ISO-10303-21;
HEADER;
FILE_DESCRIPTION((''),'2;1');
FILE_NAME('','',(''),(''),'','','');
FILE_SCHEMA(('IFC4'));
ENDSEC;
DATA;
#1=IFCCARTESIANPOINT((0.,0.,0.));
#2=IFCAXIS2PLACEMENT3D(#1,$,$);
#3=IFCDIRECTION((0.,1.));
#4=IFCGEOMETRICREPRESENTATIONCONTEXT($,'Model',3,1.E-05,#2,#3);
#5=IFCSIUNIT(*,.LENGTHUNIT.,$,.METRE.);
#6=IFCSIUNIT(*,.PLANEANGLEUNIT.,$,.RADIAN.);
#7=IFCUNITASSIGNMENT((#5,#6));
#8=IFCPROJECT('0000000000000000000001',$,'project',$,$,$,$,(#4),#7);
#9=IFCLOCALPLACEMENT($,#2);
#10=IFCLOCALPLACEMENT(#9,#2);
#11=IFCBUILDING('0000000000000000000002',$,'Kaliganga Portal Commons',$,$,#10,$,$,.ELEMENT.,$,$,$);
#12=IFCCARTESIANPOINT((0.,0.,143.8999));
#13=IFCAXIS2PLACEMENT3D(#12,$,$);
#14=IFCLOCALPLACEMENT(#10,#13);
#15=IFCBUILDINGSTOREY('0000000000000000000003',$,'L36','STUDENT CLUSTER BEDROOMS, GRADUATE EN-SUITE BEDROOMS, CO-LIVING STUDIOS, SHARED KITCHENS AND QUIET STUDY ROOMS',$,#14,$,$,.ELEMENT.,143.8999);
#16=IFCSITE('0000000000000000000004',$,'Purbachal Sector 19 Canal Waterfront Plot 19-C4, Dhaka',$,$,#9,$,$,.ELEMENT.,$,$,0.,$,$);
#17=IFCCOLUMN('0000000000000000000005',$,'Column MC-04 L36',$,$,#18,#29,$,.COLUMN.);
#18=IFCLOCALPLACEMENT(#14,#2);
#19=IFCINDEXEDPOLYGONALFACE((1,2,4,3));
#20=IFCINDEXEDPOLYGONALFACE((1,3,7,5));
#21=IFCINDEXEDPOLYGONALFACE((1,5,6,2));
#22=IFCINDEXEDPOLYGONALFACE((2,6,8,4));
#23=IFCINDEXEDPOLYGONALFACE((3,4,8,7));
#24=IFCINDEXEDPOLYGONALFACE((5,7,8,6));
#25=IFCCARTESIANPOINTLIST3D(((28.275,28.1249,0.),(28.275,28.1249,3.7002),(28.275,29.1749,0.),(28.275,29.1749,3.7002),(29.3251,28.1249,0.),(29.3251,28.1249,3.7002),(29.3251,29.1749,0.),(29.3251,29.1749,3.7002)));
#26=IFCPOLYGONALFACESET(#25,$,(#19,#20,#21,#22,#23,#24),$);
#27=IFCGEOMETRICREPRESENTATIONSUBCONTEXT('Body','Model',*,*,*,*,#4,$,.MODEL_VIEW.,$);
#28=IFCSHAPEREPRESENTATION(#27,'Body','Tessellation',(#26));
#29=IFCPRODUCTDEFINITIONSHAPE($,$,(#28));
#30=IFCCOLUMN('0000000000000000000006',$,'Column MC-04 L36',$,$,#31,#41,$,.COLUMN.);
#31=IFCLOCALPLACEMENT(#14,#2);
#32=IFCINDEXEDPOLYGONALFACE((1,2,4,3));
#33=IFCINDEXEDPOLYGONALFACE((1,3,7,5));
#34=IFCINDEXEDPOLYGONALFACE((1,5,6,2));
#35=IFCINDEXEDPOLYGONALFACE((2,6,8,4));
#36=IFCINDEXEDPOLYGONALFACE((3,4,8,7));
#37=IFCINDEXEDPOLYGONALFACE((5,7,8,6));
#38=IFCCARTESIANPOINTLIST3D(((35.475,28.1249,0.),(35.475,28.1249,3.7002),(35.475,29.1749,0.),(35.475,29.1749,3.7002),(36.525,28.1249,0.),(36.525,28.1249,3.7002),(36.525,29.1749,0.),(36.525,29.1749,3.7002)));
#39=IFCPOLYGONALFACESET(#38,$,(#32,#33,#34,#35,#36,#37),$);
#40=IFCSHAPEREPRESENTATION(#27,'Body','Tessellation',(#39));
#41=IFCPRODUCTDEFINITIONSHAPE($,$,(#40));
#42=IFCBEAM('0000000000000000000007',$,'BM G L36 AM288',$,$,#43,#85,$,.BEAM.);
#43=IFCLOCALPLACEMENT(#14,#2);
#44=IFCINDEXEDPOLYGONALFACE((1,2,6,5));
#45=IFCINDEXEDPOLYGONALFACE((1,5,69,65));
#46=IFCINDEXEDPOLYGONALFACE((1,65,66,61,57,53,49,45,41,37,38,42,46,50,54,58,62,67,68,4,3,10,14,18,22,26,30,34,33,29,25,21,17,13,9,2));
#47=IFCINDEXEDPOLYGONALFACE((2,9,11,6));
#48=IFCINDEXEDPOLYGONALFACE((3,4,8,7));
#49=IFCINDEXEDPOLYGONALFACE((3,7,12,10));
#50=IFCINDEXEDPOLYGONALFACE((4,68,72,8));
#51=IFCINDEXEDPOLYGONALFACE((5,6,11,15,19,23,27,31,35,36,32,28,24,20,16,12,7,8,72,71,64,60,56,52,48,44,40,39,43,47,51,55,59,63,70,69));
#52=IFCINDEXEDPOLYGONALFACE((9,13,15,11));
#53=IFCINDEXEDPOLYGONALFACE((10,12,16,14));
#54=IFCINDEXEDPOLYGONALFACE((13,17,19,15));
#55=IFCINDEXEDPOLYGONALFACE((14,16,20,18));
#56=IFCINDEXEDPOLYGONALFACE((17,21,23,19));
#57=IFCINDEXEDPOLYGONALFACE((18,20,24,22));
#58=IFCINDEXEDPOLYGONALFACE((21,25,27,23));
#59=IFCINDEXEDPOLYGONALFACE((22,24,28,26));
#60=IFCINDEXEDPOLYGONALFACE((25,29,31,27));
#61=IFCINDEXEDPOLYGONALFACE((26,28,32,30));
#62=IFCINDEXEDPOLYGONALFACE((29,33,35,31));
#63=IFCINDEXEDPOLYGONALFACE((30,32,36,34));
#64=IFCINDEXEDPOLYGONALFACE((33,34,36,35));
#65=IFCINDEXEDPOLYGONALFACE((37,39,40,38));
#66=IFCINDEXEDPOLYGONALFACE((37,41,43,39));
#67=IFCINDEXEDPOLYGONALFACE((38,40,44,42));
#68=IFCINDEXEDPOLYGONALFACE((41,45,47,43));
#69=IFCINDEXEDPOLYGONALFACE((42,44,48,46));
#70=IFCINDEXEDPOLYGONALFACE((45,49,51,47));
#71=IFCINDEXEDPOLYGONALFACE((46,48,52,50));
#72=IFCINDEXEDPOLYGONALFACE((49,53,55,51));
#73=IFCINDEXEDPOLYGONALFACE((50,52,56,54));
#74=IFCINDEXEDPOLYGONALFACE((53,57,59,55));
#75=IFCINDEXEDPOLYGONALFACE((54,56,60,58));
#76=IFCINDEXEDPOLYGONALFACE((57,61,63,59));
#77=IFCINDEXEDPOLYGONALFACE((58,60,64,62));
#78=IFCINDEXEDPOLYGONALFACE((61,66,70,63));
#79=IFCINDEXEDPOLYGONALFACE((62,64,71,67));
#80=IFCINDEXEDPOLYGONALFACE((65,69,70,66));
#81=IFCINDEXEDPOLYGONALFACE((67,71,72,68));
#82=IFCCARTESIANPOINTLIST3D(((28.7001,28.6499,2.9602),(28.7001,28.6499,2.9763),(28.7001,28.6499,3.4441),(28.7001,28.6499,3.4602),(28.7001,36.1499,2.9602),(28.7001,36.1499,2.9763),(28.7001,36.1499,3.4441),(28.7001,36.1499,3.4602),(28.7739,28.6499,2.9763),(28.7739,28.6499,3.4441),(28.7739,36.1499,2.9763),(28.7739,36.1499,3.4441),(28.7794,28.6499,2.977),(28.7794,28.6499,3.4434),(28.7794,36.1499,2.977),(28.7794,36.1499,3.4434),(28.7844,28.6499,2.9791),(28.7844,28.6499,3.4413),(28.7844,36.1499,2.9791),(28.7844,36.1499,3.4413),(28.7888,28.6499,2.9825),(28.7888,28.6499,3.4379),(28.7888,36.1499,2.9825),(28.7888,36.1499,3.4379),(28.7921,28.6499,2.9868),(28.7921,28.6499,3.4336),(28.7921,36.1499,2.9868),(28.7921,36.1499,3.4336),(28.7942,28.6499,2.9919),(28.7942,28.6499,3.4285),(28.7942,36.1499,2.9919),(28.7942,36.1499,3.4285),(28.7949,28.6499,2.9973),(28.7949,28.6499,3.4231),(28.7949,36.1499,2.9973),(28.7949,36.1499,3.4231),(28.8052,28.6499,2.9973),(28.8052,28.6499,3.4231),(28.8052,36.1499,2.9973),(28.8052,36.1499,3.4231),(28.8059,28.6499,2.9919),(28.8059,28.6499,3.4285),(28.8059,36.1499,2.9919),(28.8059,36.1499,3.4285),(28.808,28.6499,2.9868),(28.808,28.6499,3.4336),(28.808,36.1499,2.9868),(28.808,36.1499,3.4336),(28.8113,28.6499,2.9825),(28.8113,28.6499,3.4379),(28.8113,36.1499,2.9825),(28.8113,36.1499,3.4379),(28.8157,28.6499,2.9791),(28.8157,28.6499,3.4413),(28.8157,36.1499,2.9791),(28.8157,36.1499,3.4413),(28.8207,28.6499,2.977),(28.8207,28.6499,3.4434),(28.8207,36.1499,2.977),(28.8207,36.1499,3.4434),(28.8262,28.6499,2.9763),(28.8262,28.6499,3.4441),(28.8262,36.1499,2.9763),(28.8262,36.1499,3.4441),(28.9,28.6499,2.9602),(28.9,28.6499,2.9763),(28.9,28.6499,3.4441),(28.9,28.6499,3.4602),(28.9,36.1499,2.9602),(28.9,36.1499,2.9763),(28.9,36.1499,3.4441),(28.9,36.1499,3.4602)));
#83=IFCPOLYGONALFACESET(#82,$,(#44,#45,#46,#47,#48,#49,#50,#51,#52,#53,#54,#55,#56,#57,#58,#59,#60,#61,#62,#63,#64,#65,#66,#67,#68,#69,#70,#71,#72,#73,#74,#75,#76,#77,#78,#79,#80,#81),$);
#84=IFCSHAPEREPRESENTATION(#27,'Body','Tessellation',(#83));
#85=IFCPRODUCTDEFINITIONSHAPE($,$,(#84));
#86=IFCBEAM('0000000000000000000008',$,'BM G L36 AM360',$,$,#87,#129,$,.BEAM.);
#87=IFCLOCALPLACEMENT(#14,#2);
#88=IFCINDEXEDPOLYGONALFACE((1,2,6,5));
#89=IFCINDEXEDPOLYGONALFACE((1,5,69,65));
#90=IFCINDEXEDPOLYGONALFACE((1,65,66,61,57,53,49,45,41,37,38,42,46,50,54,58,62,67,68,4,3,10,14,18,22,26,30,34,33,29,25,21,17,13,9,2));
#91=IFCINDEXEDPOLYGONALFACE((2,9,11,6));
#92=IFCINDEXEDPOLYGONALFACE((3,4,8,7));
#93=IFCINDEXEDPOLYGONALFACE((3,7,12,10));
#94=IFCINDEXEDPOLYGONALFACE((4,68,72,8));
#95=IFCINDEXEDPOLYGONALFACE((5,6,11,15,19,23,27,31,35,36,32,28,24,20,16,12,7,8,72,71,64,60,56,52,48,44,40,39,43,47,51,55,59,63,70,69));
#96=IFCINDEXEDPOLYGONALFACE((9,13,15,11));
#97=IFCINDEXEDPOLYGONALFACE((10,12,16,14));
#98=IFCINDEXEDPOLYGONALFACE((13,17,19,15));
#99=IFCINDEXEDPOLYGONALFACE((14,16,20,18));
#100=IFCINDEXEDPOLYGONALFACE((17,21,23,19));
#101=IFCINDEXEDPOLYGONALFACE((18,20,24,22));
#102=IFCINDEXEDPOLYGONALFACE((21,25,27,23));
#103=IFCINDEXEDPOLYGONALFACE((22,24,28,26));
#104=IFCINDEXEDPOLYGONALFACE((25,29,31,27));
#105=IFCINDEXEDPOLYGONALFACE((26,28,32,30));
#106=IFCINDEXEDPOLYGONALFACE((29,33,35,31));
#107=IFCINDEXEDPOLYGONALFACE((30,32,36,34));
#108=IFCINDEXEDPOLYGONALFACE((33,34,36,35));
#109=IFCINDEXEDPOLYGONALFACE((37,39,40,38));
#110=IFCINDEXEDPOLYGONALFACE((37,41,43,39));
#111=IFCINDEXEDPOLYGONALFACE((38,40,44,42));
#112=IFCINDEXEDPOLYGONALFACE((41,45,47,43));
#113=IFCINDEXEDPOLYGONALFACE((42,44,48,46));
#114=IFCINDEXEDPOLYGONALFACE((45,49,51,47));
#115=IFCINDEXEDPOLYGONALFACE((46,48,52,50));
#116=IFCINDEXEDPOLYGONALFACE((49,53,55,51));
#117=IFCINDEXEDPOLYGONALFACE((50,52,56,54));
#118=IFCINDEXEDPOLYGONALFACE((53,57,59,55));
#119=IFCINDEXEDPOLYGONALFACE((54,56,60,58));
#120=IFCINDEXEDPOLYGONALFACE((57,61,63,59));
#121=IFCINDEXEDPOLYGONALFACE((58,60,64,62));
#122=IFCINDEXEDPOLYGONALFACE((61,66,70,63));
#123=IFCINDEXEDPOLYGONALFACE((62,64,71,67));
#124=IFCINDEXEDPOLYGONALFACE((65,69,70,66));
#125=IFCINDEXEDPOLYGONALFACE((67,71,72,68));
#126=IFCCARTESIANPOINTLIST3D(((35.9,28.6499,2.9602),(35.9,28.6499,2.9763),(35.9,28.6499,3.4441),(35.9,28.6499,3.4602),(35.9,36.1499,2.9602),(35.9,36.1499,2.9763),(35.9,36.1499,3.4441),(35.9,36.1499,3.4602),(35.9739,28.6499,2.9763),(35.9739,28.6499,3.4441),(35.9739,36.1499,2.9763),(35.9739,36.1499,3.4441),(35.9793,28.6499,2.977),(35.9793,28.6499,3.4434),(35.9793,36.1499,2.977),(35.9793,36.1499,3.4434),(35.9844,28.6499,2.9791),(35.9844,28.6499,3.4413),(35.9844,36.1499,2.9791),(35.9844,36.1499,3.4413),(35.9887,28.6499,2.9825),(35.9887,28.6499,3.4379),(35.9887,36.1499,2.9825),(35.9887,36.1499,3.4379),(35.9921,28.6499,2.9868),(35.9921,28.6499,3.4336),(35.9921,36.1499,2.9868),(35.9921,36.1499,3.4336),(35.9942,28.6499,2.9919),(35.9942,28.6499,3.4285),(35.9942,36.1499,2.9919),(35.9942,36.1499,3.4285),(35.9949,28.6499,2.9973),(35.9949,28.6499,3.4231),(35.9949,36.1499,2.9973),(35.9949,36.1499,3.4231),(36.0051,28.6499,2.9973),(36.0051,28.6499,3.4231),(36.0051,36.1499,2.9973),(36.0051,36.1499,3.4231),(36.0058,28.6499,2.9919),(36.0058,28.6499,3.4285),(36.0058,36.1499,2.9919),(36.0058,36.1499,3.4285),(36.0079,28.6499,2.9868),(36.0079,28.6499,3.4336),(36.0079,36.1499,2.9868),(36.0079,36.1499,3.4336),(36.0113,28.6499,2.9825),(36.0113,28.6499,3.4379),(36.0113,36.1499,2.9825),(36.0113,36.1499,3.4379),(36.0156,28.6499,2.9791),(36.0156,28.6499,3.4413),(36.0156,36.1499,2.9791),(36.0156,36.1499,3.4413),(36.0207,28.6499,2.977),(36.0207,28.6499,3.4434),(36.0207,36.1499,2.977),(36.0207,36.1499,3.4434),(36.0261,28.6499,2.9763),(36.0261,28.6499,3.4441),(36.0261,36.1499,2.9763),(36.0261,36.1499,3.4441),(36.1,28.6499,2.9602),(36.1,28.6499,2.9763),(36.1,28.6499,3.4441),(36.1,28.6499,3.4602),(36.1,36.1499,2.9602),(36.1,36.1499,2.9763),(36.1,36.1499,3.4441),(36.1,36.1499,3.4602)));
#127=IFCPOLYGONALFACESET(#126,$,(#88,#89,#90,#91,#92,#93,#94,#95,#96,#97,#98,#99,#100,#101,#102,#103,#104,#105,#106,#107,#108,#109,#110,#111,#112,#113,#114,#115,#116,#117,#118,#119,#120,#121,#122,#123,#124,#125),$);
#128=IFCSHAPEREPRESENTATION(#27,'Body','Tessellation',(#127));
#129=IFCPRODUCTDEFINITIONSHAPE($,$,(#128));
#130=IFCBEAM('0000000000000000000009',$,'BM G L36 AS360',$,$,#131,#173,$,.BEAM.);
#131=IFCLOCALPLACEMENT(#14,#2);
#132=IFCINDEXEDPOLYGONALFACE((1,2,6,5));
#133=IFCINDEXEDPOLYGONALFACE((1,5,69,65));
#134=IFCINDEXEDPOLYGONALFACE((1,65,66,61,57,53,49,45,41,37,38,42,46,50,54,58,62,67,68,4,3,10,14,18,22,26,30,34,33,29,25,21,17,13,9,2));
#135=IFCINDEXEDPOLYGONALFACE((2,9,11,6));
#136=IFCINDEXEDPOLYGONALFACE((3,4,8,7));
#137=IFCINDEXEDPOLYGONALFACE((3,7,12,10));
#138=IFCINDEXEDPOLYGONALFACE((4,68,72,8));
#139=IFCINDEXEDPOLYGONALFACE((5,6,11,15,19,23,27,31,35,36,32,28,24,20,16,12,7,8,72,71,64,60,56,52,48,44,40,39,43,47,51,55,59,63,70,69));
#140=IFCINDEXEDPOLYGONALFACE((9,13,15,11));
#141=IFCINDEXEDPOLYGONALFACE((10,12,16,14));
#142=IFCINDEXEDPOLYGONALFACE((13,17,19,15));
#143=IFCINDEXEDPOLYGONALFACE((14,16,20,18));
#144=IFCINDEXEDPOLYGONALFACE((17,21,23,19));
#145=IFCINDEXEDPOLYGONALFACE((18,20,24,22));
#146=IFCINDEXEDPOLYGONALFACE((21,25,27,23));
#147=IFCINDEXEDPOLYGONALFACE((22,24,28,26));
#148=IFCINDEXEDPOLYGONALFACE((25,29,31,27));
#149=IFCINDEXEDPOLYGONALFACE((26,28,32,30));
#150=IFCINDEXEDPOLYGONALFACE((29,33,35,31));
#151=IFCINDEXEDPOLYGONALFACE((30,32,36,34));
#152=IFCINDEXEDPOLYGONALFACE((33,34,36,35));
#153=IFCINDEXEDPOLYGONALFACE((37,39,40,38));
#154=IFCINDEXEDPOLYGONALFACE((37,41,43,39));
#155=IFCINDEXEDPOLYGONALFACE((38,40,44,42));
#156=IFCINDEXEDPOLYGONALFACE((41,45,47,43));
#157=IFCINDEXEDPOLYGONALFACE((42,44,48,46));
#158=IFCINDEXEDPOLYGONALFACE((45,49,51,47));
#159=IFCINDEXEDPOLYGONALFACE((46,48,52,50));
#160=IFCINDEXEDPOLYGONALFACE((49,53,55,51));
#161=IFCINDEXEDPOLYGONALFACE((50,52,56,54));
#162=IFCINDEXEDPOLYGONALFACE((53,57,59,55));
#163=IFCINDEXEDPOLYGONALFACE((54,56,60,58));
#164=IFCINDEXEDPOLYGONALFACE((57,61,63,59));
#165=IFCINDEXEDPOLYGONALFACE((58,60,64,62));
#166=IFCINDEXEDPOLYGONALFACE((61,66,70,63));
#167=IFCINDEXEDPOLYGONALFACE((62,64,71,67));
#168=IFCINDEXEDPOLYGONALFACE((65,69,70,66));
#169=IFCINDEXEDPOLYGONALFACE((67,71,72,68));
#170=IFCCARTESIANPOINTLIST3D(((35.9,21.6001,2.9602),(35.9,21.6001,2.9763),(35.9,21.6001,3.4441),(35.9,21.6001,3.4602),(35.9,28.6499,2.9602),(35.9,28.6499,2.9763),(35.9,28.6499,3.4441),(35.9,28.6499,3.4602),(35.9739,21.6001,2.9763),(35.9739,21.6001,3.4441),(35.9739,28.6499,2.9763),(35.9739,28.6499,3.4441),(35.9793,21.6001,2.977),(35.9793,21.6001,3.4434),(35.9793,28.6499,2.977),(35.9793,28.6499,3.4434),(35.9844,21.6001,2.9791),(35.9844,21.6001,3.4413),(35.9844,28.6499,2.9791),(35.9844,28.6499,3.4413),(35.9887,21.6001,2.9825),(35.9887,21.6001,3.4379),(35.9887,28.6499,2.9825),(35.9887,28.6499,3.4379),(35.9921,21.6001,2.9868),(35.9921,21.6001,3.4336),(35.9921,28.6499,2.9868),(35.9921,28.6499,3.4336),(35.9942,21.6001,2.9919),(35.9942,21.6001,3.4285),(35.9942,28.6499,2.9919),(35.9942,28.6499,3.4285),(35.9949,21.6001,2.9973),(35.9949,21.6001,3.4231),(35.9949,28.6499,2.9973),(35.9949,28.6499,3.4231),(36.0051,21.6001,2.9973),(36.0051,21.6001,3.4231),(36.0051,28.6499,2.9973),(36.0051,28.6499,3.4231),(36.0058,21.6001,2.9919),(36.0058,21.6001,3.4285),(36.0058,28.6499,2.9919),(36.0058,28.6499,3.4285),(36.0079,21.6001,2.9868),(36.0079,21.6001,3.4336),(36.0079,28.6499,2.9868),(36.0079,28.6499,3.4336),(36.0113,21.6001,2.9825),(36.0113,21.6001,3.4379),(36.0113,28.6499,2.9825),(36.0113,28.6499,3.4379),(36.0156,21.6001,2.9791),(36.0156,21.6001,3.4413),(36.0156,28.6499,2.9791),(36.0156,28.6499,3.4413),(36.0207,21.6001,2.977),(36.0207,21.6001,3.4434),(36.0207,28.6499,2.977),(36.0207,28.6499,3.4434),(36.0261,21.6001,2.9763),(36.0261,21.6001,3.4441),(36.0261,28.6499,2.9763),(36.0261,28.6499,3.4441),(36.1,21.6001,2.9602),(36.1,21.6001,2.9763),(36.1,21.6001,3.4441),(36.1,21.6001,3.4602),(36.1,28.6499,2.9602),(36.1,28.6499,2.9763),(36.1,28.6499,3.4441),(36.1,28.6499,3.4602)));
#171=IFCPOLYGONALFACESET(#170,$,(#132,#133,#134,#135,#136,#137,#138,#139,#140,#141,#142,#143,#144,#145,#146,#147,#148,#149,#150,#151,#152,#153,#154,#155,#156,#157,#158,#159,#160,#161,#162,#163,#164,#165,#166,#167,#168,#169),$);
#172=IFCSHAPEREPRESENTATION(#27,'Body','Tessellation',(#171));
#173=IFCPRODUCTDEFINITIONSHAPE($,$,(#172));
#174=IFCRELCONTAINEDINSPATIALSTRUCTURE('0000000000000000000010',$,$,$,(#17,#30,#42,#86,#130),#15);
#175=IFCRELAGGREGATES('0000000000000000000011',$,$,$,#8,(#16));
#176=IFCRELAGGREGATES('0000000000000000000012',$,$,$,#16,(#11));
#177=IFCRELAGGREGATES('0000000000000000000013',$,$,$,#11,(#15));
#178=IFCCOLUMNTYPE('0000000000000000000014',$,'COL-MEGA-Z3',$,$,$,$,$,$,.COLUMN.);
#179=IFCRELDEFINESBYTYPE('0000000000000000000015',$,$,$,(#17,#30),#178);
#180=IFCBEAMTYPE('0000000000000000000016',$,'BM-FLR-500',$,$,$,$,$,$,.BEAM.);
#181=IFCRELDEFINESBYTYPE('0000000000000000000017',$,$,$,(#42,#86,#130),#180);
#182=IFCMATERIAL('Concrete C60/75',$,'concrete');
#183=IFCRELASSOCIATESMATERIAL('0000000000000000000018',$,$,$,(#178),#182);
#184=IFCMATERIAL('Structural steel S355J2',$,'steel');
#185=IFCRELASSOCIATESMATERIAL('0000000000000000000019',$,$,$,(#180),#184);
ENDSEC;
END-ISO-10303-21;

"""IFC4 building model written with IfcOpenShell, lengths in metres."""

from ifc_helpers import new_model, si_unit, direction, frame, origin, origin_2d, place, context, subcontext, project, spatial, rectangle, i_section, extrude, source, transform, mapped, material, material_profile, profile_set, type_object, element, save


model = new_model("IFC4")

# Units and contexts
model_context = context("Model", 3, precision=1e-05, world=origin(), true_north=direction((0.0, 1.0)))
body_context = subcontext(model_context, "Body", "Model", "MODEL_VIEW")
ifc_project = project(units=[si_unit("LENGTHUNIT", "METRE"), si_unit("PLANEANGLEUNIT", "RADIAN")], contexts=[model_context])

# Site, building, storey
site_placement = place(None, origin())
site = spatial("IfcSite", under=ifc_project, at=site_placement, Name="Purbachal Sector 19 Canal Waterfront Plot 19-C4, Dhaka", CompositionType="ELEMENT", RefElevation=0.0)
building_placement = place(site_placement, origin())
building = spatial("IfcBuilding", under=site, at=building_placement, Name="Kaliganga Portal Commons", CompositionType="ELEMENT")
storey_placement = place(building_placement, frame((0.0, 0.0, 143.8999)))
storey = spatial("IfcBuildingStorey", under=building, at=storey_placement, Name="L36", Description="STUDENT CLUSTER BEDROOMS, GRADUATE EN-SUITE BEDROOMS, CO-LIVING STUDIOS, SHARED KITCHENS AND QUIET STUDY ROOMS", CompositionType="ELEMENT", Elevation=143.8999)

# Columns
ifc_material_1 = material(Name="Concrete C60/75", Category="concrete")
ifc_material_profile_1 = material_profile(ifc_material_1, rectangle(XDim=1.05, YDim=1.05, at=origin_2d()), Name="RC 1050x1050")
ifc_profile_set_1 = profile_set([ifc_material_profile_1], Name="Concrete C60/75")
column_type = type_object("IfcColumnType", Name="COL-MEGA-Z3", PredefinedType="COLUMN", material=ifc_profile_set_1)
shared_shape_1 = source(origin(), body_context, "Body", "SweptSolid", [
    extrude(rectangle(XDim=1.05, YDim=1.05, at=origin_2d()), origin(), (0.0, 0.0, 1.0), 3.7002),
])
for number, where, z_axis, x_axis, name in (
    (1, (28.8, 28.6499, 0.0), (0.0, 0.0, 1.0), (1.0, 0.0, 0.0), "Column MC-04 L36"),
    (2, (36.0, 28.6499, 0.0), (0.0, 0.0, 1.0), (1.0, 0.0, 0.0), "Column MC-04 L36"),
):
    element("IfcColumn", number, at=place(storey_placement, frame(where, z_axis=z_axis, x_axis=x_axis)), inside=storey, type_object=column_type, Name=name, PredefinedType="COLUMN", context=body_context, shape_type="MappedRepresentation", body=[
        mapped(shared_shape_1, transform((0.0, 0.0, 0.0), x_axis=(1.0, 0.0, 0.0), y_axis=(0.0, 1.0, 0.0), z_axis=(0.0, 0.0, 1.0), scale=1.0)),
    ])

# Beams
ifc_material_2 = material(Name="Structural steel S355J2", Category="steel")
ifc_material_profile_2 = material_profile(ifc_material_2, i_section(OverallWidth=0.2, OverallDepth=0.5, WebThickness=0.0103, FlangeThickness=0.0161, FilletRadius=0.021, at=origin_2d()), Name="IPE 500")
ifc_profile_set_2 = profile_set([ifc_material_profile_2], Name="Structural steel S355J2 wide-flange")
beam_type_1 = type_object("IfcBeamType", Name="BM-FLR-500", PredefinedType="BEAM", material=ifc_profile_set_2)
shared_shape_2 = source(origin(), body_context, "Body", "SweptSolid", [
    extrude(i_section(OverallWidth=0.2, OverallDepth=0.5, WebThickness=0.0103, FlangeThickness=0.0161, FilletRadius=0.021, at=origin_2d()), origin(), (0.0, 0.0, 1.0), 7.5),
])
for number, where, z_axis, x_axis, name in (
    (3, (28.8, 28.6499, 3.2102), (0.0, 1.0, 0.0), (-1.0, 0.0, 0.0), "BM G L36 AM288"),
    (4, (36.0, 28.6499, 3.2102), (0.0, 1.0, 0.0), (-1.0, 0.0, 0.0), "BM G L36 AM360"),
):
    element("IfcBeam", number, at=place(storey_placement, frame(where, z_axis=z_axis, x_axis=x_axis)), inside=storey, type_object=beam_type_1, Name=name, PredefinedType="BEAM", context=body_context, shape_type="MappedRepresentation", body=[
        mapped(shared_shape_2, transform((0.0, 0.0, 0.0), x_axis=(1.0, 0.0, 0.0), y_axis=(0.0, 1.0, 0.0), z_axis=(0.0, 0.0, 1.0), scale=1.0)),
    ])
shared_shape_3 = source(origin(), body_context, "Body", "SweptSolid", [
    extrude(i_section(OverallWidth=0.2, OverallDepth=0.5, WebThickness=0.0103, FlangeThickness=0.0161, FilletRadius=0.021, at=origin_2d()), origin(), (0.0, 0.0, 1.0), 7.0498),
])
beam_1_placement = place(storey_placement, frame((36.0, 21.6001, 3.2102), z_axis=(0.0, 1.0, 0.0), x_axis=(-1.0, 0.0, 0.0)))
element("IfcBeam", 5, at=beam_1_placement, inside=storey, type_object=beam_type_1, Name="BM G L36 AS360", PredefinedType="BEAM", context=body_context, shape_type="MappedRepresentation", body=[
    mapped(shared_shape_3, transform((0.0, 0.0, 0.0), x_axis=(1.0, 0.0, 0.0), y_axis=(0.0, 1.0, 0.0), z_axis=(0.0, 0.0, 1.0), scale=1.0)),
])

save(model, "model.ifc")
